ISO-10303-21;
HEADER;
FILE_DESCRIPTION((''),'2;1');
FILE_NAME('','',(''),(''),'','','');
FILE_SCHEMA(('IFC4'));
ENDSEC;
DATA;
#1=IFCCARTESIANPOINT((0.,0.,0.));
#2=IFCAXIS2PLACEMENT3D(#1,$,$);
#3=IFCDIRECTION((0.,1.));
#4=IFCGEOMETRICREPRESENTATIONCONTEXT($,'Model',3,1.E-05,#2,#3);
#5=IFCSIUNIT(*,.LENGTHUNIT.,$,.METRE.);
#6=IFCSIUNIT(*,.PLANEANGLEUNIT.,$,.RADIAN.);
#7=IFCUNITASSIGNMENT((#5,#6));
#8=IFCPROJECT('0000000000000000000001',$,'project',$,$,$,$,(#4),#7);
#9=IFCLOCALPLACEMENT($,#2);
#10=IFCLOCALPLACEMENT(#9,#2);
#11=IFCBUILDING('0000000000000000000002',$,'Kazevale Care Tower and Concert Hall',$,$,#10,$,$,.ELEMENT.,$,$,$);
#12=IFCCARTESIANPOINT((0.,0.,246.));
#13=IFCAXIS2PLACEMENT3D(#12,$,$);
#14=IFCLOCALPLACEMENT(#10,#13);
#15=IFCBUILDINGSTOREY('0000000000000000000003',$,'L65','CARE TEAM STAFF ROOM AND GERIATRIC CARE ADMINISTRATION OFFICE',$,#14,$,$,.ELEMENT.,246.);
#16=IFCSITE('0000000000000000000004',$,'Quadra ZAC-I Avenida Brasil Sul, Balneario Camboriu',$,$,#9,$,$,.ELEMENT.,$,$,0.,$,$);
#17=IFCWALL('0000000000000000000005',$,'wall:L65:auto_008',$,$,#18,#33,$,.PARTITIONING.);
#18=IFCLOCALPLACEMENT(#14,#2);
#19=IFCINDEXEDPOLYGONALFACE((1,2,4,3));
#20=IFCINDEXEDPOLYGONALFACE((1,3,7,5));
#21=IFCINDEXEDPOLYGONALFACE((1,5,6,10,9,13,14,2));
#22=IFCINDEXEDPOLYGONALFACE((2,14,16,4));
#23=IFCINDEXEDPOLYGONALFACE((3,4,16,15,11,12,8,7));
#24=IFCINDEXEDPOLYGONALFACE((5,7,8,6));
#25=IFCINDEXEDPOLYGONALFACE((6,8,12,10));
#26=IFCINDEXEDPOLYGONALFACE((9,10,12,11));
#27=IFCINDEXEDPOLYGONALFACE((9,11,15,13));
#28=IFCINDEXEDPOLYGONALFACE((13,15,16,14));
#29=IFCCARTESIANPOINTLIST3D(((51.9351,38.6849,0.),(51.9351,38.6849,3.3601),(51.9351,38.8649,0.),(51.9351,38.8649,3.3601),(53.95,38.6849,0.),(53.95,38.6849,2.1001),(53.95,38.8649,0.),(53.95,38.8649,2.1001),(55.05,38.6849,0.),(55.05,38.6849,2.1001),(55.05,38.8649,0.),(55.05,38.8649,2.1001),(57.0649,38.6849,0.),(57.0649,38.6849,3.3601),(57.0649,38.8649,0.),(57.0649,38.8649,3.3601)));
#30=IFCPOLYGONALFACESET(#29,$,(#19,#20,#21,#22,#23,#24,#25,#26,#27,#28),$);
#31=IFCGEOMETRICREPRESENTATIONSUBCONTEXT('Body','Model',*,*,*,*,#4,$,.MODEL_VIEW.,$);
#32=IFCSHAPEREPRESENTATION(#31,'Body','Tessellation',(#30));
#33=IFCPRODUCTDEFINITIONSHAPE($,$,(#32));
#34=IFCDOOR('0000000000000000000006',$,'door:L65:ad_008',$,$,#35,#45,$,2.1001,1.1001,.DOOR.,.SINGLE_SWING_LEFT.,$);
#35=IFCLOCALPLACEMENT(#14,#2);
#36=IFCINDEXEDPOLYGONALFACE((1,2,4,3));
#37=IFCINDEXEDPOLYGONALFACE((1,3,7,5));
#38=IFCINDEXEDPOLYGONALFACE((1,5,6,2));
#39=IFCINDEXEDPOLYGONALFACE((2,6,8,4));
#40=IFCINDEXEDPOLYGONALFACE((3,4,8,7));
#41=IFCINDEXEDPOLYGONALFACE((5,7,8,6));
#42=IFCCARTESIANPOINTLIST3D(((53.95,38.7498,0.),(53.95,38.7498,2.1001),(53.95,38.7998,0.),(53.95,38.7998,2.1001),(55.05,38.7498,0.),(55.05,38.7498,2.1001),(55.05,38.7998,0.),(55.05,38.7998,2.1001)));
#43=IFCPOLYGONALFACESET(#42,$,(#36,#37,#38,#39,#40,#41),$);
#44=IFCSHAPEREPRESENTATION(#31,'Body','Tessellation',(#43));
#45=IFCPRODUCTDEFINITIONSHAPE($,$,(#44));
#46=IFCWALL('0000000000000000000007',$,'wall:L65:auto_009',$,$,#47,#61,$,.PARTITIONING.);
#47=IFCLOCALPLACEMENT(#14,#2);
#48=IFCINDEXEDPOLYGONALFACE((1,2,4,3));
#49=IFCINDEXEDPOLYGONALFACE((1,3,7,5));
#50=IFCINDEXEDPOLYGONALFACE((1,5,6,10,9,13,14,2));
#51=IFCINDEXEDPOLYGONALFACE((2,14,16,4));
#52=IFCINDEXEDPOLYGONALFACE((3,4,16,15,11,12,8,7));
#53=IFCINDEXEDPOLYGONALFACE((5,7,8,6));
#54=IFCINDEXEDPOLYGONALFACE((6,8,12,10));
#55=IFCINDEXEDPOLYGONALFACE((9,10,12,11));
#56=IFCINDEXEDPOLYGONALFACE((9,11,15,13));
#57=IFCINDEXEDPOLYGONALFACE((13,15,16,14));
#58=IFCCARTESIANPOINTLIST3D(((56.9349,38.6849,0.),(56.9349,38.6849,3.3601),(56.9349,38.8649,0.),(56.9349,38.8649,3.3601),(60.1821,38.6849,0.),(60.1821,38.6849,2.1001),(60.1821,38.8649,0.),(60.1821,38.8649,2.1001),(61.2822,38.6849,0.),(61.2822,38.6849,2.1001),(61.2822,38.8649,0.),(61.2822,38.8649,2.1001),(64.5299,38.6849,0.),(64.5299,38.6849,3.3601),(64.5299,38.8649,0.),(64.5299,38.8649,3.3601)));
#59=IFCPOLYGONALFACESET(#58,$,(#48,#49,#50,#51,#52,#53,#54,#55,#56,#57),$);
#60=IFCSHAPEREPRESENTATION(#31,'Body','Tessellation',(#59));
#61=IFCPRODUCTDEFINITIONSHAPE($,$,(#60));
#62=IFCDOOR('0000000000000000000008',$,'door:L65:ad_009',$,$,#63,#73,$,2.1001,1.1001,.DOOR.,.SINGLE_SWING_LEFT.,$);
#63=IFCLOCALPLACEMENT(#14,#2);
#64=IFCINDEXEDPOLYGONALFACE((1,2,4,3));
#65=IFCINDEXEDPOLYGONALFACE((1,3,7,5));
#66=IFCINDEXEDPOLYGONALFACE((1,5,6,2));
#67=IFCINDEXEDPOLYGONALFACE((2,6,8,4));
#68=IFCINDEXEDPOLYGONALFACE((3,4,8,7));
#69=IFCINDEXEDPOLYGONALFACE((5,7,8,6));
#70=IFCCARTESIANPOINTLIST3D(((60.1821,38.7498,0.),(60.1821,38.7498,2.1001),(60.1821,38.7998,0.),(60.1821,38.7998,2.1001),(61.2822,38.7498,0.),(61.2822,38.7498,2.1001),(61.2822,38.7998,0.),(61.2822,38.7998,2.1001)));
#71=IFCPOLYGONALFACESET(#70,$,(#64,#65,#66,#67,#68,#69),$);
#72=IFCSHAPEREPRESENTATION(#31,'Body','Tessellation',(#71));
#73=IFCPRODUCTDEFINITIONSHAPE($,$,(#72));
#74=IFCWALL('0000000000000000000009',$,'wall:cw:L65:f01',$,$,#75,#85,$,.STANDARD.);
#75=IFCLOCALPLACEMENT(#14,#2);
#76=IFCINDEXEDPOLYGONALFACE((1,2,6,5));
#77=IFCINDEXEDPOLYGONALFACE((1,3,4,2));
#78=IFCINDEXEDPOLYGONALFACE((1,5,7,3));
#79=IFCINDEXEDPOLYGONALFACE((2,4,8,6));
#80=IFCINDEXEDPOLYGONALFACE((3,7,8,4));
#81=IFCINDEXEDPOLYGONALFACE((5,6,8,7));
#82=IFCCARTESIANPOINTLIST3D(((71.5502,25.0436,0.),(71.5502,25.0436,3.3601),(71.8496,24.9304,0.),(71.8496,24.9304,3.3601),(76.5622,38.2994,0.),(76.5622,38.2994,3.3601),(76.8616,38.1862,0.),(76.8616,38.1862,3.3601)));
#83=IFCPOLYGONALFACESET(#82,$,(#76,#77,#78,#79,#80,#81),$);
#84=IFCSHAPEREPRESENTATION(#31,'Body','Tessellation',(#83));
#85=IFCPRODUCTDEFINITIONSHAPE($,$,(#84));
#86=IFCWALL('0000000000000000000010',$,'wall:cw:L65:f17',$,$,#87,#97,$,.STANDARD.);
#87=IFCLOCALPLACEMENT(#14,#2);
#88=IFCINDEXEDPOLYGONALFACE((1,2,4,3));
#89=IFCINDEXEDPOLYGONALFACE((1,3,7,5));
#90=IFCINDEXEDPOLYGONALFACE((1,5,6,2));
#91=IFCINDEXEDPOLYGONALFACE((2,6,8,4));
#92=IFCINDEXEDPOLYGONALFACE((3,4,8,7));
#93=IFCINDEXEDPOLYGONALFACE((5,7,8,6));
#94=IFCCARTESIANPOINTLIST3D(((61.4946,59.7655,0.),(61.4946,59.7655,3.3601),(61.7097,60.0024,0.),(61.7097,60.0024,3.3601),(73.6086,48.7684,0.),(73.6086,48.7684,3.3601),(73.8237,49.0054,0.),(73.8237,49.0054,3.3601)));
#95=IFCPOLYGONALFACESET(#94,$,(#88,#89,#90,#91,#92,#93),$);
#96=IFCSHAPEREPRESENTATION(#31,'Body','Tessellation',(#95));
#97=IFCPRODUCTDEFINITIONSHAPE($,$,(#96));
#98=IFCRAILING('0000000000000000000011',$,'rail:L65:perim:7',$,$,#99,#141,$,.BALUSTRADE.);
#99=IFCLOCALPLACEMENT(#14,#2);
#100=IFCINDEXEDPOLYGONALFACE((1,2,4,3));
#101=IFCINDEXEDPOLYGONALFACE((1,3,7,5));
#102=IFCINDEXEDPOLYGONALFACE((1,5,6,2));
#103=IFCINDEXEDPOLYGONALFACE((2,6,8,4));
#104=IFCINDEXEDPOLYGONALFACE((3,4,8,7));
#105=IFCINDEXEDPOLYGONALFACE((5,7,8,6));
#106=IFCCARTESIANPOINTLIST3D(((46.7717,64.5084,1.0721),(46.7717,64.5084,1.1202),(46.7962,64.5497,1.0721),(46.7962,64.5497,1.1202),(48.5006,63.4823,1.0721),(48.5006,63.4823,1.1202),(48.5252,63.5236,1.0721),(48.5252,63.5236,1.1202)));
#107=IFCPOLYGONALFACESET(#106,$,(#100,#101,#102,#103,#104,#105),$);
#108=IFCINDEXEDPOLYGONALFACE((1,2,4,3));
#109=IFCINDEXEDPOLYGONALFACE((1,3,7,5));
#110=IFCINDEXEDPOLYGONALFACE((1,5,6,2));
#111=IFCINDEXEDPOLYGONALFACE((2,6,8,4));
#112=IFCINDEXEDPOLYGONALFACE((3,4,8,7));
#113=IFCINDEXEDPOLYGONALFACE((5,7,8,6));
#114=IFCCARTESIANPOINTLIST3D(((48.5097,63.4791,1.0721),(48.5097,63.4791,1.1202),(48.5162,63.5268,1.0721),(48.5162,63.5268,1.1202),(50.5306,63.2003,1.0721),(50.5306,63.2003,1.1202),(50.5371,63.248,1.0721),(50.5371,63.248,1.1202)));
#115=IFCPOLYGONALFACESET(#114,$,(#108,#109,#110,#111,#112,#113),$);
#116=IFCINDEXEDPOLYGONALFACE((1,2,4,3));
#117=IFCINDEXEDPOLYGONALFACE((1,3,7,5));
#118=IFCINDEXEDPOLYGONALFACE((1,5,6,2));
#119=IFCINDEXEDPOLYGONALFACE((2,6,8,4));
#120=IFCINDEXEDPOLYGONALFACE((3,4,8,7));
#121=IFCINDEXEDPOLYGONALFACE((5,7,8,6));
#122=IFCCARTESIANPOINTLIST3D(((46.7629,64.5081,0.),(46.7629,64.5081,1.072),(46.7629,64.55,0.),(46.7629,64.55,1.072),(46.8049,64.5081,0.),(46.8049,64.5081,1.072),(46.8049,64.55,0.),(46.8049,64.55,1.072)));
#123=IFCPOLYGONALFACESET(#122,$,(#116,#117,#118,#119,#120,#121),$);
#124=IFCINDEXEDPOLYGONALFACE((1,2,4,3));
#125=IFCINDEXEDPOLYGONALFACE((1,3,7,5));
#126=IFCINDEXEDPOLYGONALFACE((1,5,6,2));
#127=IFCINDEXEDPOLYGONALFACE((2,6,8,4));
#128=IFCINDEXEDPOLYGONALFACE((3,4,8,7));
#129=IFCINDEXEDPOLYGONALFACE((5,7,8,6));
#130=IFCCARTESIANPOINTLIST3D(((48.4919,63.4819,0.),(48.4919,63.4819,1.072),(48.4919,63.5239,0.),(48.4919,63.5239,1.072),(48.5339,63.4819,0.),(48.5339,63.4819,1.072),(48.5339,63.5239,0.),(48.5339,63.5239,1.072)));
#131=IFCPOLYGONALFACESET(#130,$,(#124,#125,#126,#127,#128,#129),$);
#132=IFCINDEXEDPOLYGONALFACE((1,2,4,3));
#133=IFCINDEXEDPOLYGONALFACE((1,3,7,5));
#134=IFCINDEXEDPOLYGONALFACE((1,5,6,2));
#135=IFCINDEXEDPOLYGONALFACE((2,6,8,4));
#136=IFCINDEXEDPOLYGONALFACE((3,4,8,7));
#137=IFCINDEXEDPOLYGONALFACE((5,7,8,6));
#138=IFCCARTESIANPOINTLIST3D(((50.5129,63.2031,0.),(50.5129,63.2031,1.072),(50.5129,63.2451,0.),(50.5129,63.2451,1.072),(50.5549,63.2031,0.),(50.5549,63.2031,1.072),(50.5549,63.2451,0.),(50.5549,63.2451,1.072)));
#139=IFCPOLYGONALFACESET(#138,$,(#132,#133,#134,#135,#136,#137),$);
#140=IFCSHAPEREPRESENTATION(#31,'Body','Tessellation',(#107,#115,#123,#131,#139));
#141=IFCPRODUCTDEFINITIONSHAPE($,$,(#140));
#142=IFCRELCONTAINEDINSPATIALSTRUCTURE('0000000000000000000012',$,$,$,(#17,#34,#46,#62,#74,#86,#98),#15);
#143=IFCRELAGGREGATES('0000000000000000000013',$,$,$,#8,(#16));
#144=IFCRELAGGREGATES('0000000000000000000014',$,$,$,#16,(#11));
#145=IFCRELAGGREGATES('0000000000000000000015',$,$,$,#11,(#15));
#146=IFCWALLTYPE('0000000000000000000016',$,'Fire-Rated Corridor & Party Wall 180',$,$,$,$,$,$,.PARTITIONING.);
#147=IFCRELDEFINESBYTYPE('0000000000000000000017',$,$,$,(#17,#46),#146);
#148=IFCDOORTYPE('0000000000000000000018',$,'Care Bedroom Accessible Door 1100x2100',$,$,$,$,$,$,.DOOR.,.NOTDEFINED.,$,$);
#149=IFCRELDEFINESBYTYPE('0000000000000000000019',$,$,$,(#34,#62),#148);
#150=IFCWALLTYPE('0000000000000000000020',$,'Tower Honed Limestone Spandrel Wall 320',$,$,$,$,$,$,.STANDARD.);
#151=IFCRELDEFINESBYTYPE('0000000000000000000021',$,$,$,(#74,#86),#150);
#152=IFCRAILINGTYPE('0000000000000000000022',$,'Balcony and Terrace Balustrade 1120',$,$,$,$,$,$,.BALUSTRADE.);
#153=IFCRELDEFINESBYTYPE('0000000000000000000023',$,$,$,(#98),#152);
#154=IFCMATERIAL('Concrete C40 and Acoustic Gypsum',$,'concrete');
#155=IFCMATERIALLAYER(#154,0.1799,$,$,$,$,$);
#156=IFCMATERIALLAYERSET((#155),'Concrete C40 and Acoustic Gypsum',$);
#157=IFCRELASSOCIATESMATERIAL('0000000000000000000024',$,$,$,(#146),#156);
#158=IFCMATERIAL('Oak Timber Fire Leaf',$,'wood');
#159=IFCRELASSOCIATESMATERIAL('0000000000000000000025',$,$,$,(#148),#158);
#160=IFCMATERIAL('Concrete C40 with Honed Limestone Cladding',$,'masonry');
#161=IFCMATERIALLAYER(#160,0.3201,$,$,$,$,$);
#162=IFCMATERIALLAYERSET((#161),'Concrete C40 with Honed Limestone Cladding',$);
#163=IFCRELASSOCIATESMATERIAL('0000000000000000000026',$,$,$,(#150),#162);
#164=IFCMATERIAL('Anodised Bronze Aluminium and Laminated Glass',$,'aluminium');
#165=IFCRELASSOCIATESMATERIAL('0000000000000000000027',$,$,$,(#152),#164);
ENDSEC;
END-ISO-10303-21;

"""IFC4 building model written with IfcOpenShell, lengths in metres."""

from ifc_helpers import new_model, si_unit, direction, frame, frame_2d, origin, origin_2d, place, context, subcontext, project, spatial, rectangle, extrude, material, layer, layer_set, type_object, element, fill, save


model = new_model("IFC4")

# Units and contexts
model_context = context("Model", 3, precision=1e-05, world=origin(), true_north=direction((0.0, 1.0)))
body_context = subcontext(model_context, "Body", "Model", "MODEL_VIEW")
ifc_project = project(units=[si_unit("LENGTHUNIT", "METRE"), si_unit("PLANEANGLEUNIT", "RADIAN")], contexts=[model_context])

# Site, building, storey
site_placement = place(None, origin())
site = spatial("IfcSite", under=ifc_project, at=site_placement, Name="Quadra ZAC-I Avenida Brasil Sul, Balneario Camboriu", CompositionType="ELEMENT", RefElevation=0.0)
building_placement = place(site_placement, origin())
building = spatial("IfcBuilding", under=site, at=building_placement, Name="Kazevale Care Tower and Concert Hall", CompositionType="ELEMENT")
storey_placement = place(building_placement, frame((0.0, 0.0, 246.0)))
storey = spatial("IfcBuildingStorey", under=building, at=storey_placement, Name="L65", Description="CARE TEAM STAFF ROOM AND GERIATRIC CARE ADMINISTRATION OFFICE", CompositionType="ELEMENT", Elevation=246.0)

# Walls, openings, doors
ifc_material_1 = material(Name="Concrete C40 and Acoustic Gypsum", Category="concrete")
ifc_layer_1 = layer(ifc_material_1, 0.1799)
ifc_layer_set_1 = layer_set([ifc_layer_1], Name="Concrete C40 and Acoustic Gypsum")
wall_type_1 = type_object("IfcWallType", Name="Fire-Rated Corridor & Party Wall 180", PredefinedType="PARTITIONING", material=ifc_layer_set_1)
ifc_material_2 = material(Name="Oak Timber Fire Leaf", Category="wood")
door_type = type_object("IfcDoorType", Name="Care Bedroom Accessible Door 1100x2100", OperationType="NOTDEFINED", PredefinedType="DOOR", material=ifc_material_2)
wall_1_placement = place(storey_placement, frame((51.9351, 38.7749, 0.0), z_axis=(0.0, 0.0, 1.0), x_axis=(1.0, 0.0, 0.0)))
wall_1 = element("IfcWall", 1, at=wall_1_placement, inside=storey, type_object=wall_type_1, Name="wall:L65:auto_008", PredefinedType="PARTITIONING", context=body_context, shape_type="SweptSolid", body=[
    extrude(rectangle(XDim=5.1299, YDim=0.1799, at=frame_2d((2.5649, 0.0))), origin(), (0.0, 0.0, 1.0), 3.3601),
])
opening_1_placement = place(wall_1_placement, frame((2.0149, 0.0, 0.0)))
opening_1 = element("IfcOpeningElement", 2, at=opening_1_placement, cuts=wall_1, PredefinedType="OPENING", context=body_context, shape_type="SweptSolid", body=[
    extrude(rectangle(XDim=1.1001, YDim=2.1001, at=frame_2d((0.55, 1.05))), frame((0.0, 0.0999, 0.0), z_axis=(0.0, -1.0, 0.0), x_axis=(1.0, 0.0, 0.0)), (0.0, 0.0, 1.0), 0.2),
])
door_1_placement = place(opening_1_placement, origin())
door_1 = element("IfcDoor", 3, at=door_1_placement, inside=storey, type_object=door_type, Name="door:L65:ad_008", OperationType="SINGLE_SWING_LEFT", OverallHeight=2.1001, OverallWidth=1.1001, PredefinedType="DOOR", context=body_context, shape_type="SweptSolid", body=[
    extrude(rectangle(XDim=1.1001, YDim=2.1001, at=frame_2d((0.55, 1.05))), frame((0.0, 0.0249, 0.0), z_axis=(0.0, -1.0, 0.0), x_axis=(1.0, 0.0, 0.0)), (0.0, 0.0, 1.0), 0.05),
])
fill(opening_1, door_1)
wall_2_placement = place(storey_placement, frame((56.9351, 38.7749, 0.0), z_axis=(0.0, 0.0, 1.0), x_axis=(1.0, 0.0, 0.0)))
wall_2 = element("IfcWall", 4, at=wall_2_placement, inside=storey, type_object=wall_type_1, Name="wall:L65:auto_009", PredefinedType="PARTITIONING", context=body_context, shape_type="SweptSolid", body=[
    extrude(rectangle(XDim=7.595, YDim=0.1799, at=frame_2d((3.7974, 0.0))), origin(), (0.0, 0.0, 1.0), 3.3601),
])
opening_2_placement = place(wall_2_placement, frame((3.2471, 0.0, 0.0)))
opening_2 = element("IfcOpeningElement", 5, at=opening_2_placement, cuts=wall_2, PredefinedType="OPENING", context=body_context, shape_type="SweptSolid", body=[
    extrude(rectangle(XDim=1.1001, YDim=2.1001, at=frame_2d((0.55, 1.05))), frame((0.0, 0.0999, 0.0), z_axis=(0.0, -1.0, 0.0), x_axis=(1.0, 0.0, 0.0)), (0.0, 0.0, 1.0), 0.2),
])
door_2_placement = place(opening_2_placement, origin())
door_2 = element("IfcDoor", 6, at=door_2_placement, inside=storey, type_object=door_type, Name="door:L65:ad_009", OperationType="SINGLE_SWING_LEFT", OverallHeight=2.1001, OverallWidth=1.1001, PredefinedType="DOOR", context=body_context, shape_type="SweptSolid", body=[
    extrude(rectangle(XDim=1.1001, YDim=2.1001, at=frame_2d((0.55, 1.05))), frame((0.0, 0.0249, 0.0), z_axis=(0.0, -1.0, 0.0), x_axis=(1.0, 0.0, 0.0)), (0.0, 0.0, 1.0), 0.05),
])
fill(opening_2, door_2)

# Walls
ifc_material_3 = material(Name="Concrete C40 with Honed Limestone Cladding", Category="masonry")
ifc_layer_2 = layer(ifc_material_3, 0.3201)
ifc_layer_set_2 = layer_set([ifc_layer_2], Name="Concrete C40 with Honed Limestone Cladding")
wall_type_2 = type_object("IfcWallType", Name="Tower Honed Limestone Spandrel Wall 320", PredefinedType="STANDARD", material=ifc_layer_set_2)
wall_3_placement = place(storey_placement, frame((76.7119, 38.2429, 0.0), z_axis=(0.0, 0.0, 1.0), x_axis=(-0.35366, -0.935374, 0.0)))
element("IfcWall", 7, at=wall_3_placement, inside=storey, type_object=wall_type_2, Name="wall:cw:L65:f01", PredefinedType="STANDARD", context=body_context, shape_type="SweptSolid", body=[
    extrude(rectangle(XDim=14.1716, YDim=0.3201, at=frame_2d((7.0859, 0.0))), origin(), (0.0, 0.0, 1.0), 3.3601),
])
wall_4_placement = place(storey_placement, frame((61.6021, 59.884, 0.0), z_axis=(0.0, 0.0, 1.0), x_axis=(0.740417, -0.672148, 0.0)))
element("IfcWall", 8, at=wall_4_placement, inside=storey, type_object=wall_type_2, Name="wall:cw:L65:f17", PredefinedType="STANDARD", context=body_context, shape_type="SweptSolid", body=[
    extrude(rectangle(XDim=16.3611, YDim=0.3201, at=frame_2d((8.1807, 0.0))), origin(), (0.0, 0.0, 1.0), 3.3601),
])

# Railing
ifc_material_4 = material(Name="Anodised Bronze Aluminium and Laminated Glass", Category="aluminium")
railing_type = type_object("IfcRailingType", Name="Balcony and Terrace Balustrade 1120", PredefinedType="BALUSTRADE", material=ifc_material_4)
railing_1_placement = place(storey_placement, frame((46.7839, 64.5291, 0.0)))
element("IfcRailing", 9, at=railing_1_placement, inside=storey, type_object=railing_type, Name="rail:L65:perim:7", PredefinedType="BALUSTRADE", context=body_context, shape_type="SweptSolid", body=[
    extrude(rectangle(XDim=0.0481, YDim=0.0481, at=origin_2d()), frame((0.0, 0.0, 1.0962), z_axis=(0.859958, -0.510365, 0.0), x_axis=(0.510365, 0.859958, 0.0)), (0.0, 0.0, 1.0), 2.0105),
    extrude(rectangle(XDim=0.0481, YDim=0.0481, at=origin_2d()), frame((1.729, -1.0261, 1.0962), z_axis=(0.990618, -0.136662, 0.0), x_axis=(0.136662, 0.990618, 0.0)), (0.0, 0.0, 1.0), 2.04),
    extrude(rectangle(XDim=0.042, YDim=0.042, at=origin_2d()), origin(), (0.0, 0.0, 1.0), 1.072),
    extrude(rectangle(XDim=0.042, YDim=0.042, at=origin_2d()), frame((1.729, -1.0261, 0.0)), (0.0, 0.0, 1.0), 1.072),
    extrude(rectangle(XDim=0.042, YDim=0.042, at=origin_2d()), frame((3.75, -1.3049, 0.0)), (0.0, 0.0, 1.0), 1.072),
])

save(model, "model.ifc")
